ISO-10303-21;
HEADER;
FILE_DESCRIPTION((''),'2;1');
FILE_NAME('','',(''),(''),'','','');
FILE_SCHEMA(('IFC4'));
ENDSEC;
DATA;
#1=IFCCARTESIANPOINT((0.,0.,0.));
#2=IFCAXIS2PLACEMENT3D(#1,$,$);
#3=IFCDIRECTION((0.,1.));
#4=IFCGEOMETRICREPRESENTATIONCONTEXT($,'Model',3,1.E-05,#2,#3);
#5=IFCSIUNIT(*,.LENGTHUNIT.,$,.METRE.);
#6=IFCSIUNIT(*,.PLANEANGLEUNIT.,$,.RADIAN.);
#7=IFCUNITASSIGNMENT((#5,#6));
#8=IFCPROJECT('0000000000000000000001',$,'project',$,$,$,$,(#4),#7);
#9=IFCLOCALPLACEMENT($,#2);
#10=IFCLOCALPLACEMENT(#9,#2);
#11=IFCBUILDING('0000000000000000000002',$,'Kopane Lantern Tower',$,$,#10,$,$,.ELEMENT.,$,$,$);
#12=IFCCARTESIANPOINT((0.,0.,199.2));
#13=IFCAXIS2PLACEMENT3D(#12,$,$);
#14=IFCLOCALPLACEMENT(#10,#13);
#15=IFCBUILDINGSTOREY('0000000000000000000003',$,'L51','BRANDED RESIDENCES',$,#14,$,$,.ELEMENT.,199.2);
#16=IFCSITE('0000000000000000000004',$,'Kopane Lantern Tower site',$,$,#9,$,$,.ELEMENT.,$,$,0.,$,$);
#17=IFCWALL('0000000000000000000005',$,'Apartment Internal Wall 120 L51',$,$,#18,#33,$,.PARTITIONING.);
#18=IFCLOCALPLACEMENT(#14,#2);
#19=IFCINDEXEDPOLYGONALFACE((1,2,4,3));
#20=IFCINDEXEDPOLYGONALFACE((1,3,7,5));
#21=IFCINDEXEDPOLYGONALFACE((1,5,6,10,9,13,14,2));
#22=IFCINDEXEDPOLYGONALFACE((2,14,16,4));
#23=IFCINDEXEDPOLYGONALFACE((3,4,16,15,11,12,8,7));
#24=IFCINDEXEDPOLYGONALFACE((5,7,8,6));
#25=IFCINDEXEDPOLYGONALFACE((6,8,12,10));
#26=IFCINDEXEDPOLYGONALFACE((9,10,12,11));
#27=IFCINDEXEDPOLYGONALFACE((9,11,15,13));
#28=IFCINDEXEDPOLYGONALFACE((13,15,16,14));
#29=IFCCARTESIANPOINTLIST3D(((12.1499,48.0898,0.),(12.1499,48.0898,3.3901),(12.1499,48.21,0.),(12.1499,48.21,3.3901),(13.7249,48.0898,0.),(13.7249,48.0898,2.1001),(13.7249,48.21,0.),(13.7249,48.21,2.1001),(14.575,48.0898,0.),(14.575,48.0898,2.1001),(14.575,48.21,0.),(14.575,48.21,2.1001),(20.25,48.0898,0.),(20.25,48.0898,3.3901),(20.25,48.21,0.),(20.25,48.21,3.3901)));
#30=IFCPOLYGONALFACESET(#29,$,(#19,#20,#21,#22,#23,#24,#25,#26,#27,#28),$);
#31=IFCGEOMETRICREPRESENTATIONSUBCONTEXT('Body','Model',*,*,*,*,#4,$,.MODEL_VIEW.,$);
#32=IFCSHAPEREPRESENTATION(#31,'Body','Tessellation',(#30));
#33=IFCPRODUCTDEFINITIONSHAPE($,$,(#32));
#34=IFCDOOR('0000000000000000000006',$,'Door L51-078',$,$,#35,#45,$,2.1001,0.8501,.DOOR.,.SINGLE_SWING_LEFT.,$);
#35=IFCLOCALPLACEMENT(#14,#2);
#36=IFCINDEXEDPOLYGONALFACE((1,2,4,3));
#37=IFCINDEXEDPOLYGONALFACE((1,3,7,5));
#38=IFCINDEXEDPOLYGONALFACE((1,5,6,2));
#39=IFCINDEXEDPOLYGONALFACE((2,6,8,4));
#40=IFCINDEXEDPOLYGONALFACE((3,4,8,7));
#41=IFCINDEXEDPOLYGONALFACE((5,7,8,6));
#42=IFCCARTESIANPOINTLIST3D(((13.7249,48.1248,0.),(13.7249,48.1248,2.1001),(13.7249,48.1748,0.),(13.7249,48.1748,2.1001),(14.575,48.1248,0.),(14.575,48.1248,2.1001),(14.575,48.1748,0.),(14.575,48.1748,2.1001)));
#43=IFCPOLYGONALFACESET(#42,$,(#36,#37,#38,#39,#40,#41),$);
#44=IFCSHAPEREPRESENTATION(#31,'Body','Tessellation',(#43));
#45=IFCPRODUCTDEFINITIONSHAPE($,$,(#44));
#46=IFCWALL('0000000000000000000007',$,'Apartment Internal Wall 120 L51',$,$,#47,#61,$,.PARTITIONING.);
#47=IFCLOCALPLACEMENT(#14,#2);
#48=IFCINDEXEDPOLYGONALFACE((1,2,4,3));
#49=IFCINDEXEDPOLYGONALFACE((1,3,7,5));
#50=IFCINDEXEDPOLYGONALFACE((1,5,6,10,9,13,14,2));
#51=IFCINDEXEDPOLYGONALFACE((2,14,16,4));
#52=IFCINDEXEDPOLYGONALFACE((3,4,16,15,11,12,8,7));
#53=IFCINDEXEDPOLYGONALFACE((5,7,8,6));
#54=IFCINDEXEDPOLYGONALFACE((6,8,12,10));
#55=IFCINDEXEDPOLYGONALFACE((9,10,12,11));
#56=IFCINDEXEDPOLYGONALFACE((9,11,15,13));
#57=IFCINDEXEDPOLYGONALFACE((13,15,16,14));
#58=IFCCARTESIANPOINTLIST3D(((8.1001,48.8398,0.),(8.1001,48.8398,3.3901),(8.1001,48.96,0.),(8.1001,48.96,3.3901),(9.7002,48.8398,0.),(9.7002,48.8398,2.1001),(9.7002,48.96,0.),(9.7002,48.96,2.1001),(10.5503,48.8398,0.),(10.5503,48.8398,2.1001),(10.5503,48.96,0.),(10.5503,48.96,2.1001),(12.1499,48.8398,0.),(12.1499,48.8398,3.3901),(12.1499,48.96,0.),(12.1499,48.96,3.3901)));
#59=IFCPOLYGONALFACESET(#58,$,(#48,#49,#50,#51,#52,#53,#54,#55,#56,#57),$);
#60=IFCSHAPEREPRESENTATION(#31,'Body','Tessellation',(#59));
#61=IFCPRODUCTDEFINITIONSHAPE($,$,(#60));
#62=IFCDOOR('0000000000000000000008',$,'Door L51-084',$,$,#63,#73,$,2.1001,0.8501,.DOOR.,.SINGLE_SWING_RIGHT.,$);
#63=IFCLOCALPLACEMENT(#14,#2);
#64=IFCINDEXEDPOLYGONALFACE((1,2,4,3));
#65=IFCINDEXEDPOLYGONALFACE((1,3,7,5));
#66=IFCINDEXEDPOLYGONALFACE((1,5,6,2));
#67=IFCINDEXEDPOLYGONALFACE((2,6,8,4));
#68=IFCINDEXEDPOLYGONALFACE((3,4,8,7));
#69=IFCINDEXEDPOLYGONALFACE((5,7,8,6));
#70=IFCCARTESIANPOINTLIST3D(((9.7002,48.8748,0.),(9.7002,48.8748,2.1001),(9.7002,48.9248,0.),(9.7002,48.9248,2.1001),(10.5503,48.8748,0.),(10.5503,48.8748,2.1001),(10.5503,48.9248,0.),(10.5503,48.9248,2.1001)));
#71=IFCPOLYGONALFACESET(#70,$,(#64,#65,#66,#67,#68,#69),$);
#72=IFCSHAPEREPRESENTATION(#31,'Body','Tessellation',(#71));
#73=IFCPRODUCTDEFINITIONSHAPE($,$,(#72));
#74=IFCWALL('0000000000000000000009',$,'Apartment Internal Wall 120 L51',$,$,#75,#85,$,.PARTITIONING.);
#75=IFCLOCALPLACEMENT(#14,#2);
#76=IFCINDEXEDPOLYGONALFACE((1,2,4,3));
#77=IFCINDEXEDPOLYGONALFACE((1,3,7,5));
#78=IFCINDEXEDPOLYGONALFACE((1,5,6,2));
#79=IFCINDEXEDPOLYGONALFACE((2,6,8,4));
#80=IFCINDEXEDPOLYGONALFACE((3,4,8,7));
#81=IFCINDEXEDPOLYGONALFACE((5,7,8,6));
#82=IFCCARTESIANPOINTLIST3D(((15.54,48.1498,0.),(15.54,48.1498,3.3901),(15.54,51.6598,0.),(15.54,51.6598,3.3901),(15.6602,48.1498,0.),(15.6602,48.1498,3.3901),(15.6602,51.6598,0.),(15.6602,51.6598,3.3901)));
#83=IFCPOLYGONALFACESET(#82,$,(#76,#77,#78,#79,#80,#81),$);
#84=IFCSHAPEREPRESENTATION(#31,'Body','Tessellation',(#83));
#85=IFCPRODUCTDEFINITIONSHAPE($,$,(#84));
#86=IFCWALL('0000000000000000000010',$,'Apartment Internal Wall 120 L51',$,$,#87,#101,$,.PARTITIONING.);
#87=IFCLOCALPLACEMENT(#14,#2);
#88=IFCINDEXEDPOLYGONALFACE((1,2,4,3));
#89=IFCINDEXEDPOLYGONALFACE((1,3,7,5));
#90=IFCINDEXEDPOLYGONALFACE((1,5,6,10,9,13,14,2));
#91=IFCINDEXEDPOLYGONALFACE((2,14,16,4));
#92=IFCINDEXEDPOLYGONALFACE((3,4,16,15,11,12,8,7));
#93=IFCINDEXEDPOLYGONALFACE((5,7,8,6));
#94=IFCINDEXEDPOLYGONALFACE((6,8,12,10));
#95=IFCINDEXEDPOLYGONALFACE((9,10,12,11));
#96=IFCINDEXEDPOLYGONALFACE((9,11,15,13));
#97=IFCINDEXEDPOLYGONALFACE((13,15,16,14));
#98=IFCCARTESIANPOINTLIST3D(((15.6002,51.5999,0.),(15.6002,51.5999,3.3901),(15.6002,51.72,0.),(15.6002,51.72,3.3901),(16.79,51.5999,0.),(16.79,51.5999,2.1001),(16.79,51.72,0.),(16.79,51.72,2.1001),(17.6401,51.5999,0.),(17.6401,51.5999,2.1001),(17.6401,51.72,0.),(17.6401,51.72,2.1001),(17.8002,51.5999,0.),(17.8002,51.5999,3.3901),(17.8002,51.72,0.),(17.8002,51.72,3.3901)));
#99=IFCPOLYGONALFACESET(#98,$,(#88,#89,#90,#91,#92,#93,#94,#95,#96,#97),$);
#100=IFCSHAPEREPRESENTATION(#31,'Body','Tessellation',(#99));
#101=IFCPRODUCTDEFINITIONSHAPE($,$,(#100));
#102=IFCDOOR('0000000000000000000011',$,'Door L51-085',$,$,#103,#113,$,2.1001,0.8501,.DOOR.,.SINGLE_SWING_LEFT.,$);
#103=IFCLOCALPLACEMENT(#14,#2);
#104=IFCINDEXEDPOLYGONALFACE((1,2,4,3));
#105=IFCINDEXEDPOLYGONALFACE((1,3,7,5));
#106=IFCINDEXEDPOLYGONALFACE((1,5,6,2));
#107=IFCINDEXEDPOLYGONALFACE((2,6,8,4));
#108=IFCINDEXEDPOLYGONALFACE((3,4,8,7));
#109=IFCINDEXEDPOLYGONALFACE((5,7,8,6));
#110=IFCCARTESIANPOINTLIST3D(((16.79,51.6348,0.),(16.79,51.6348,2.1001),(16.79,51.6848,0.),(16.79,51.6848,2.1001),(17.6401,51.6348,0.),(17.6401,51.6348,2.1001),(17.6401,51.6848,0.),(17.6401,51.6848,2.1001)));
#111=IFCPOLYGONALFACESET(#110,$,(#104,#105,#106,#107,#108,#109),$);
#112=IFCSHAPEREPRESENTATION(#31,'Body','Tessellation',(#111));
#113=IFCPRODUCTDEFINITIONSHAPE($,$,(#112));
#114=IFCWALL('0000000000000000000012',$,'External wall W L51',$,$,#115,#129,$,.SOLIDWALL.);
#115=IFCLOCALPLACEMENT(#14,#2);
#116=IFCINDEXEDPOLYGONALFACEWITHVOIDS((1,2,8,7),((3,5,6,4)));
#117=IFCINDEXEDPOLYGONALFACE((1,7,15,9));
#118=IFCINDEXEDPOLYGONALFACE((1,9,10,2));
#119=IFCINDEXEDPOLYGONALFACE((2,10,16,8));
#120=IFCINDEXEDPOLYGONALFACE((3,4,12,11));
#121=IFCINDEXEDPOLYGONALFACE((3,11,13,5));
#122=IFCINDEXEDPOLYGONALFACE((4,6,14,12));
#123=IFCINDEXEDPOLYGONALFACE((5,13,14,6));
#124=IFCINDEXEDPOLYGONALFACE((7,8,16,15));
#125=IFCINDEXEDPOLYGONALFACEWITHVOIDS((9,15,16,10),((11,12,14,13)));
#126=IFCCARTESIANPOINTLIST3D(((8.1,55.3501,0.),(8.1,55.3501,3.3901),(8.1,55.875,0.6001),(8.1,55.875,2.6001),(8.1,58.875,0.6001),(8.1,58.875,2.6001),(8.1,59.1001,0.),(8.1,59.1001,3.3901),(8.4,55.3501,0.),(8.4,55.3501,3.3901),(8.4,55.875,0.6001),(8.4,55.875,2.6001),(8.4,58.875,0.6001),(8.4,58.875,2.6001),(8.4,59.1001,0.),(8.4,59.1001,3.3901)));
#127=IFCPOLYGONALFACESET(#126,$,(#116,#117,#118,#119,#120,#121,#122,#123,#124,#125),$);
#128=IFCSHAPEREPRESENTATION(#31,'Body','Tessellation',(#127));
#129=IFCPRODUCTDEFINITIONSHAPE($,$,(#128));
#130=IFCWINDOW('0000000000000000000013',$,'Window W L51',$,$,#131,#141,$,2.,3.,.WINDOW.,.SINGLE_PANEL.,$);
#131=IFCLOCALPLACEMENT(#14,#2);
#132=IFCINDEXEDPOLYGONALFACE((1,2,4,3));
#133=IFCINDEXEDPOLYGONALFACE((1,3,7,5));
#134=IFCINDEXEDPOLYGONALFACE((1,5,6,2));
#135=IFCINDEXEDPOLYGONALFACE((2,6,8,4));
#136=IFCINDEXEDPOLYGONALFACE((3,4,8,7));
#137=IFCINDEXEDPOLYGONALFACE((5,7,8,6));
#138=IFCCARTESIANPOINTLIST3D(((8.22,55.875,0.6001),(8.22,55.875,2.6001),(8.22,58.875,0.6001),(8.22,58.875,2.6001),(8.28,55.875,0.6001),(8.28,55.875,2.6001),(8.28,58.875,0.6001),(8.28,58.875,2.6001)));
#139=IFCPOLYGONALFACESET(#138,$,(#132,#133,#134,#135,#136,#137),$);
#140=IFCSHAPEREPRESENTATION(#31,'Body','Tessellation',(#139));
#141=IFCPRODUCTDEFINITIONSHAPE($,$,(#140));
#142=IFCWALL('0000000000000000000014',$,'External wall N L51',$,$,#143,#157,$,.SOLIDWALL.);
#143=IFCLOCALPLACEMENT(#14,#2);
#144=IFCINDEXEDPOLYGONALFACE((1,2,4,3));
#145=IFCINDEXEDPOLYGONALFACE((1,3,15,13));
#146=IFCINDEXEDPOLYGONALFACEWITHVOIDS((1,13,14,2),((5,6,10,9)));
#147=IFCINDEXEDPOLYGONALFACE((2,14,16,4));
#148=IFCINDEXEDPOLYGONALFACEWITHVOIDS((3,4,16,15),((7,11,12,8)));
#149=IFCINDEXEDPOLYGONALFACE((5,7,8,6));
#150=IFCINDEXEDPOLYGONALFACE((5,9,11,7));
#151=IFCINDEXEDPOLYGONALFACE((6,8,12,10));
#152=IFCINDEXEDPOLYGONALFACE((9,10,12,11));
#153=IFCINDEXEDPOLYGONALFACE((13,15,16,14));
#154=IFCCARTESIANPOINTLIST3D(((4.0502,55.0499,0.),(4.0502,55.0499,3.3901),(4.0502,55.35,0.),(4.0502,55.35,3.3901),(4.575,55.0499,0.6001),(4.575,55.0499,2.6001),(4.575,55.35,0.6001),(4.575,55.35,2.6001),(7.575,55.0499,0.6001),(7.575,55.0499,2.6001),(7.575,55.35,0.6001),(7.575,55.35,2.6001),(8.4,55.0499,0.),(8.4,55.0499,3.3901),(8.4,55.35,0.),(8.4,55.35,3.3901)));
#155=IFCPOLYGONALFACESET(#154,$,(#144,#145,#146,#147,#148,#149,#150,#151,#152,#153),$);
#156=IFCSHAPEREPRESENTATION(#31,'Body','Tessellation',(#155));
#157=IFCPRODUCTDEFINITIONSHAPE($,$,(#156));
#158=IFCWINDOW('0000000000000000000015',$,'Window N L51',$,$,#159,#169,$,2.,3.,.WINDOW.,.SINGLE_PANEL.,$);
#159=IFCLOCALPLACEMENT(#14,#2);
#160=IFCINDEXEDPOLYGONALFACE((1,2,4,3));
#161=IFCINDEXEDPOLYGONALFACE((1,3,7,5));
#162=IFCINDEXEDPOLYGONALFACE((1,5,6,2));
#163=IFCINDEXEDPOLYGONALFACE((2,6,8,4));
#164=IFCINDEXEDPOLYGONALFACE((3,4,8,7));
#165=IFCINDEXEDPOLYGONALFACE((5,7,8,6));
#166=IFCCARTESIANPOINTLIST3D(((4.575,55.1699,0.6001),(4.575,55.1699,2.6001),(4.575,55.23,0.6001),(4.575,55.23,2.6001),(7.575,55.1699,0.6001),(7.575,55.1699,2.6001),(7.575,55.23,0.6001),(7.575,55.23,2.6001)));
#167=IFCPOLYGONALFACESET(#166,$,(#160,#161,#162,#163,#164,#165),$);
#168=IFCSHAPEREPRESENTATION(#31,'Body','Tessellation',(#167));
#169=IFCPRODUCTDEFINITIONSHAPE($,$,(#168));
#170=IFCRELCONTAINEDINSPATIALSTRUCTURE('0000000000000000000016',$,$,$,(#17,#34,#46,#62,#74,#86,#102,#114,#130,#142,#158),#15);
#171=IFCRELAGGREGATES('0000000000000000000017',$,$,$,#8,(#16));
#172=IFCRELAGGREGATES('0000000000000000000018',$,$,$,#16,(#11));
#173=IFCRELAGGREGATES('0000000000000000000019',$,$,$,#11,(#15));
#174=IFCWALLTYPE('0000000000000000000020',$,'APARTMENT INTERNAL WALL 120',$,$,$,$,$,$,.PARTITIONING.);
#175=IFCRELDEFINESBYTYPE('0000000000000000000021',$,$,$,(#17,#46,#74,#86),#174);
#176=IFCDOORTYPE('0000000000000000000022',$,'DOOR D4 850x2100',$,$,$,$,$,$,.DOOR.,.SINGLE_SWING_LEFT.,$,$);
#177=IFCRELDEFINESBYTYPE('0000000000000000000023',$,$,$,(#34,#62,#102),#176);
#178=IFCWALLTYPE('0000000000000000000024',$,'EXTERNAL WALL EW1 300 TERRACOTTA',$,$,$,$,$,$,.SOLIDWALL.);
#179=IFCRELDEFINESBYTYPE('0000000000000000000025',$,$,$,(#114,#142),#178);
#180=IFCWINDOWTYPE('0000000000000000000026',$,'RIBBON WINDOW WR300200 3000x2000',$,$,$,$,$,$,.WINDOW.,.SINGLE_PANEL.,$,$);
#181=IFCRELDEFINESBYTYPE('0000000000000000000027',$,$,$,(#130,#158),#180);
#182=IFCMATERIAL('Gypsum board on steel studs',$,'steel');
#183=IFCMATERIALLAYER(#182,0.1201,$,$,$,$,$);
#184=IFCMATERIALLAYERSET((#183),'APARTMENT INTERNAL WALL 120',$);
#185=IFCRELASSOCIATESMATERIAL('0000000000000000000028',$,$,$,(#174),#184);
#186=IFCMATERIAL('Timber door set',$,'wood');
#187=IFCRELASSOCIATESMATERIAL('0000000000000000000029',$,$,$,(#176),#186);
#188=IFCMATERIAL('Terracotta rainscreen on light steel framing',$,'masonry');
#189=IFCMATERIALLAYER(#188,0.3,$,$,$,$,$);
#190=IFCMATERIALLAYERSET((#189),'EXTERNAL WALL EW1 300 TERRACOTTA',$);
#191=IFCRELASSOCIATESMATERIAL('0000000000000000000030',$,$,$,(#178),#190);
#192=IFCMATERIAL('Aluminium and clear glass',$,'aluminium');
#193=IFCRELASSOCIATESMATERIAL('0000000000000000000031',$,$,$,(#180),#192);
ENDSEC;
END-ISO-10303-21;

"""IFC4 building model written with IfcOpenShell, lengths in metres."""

from ifc_helpers import new_model, si_unit, direction, frame, frame_2d, origin, place, context, subcontext, project, spatial, rectangle, extrude, material, layer, layer_set, type_object, element, fill, save


model = new_model("IFC4")

# Units and contexts
model_context = context("Model", 3, precision=1e-05, world=origin(), true_north=direction((0.0, 1.0)))
body_context = subcontext(model_context, "Body", "Model", "MODEL_VIEW")
ifc_project = project(units=[si_unit("LENGTHUNIT", "METRE"), si_unit("PLANEANGLEUNIT", "RADIAN")], contexts=[model_context])

# Site, building, storey
site_placement = place(None, origin())
site = spatial("IfcSite", under=ifc_project, at=site_placement, Name="Kopane Lantern Tower site", CompositionType="ELEMENT", RefElevation=0.0)
building_placement = place(site_placement, origin())
building = spatial("IfcBuilding", under=site, at=building_placement, Name="Kopane Lantern Tower", CompositionType="ELEMENT")
storey_placement = place(building_placement, frame((0.0, 0.0, 199.2)))
storey = spatial("IfcBuildingStorey", under=building, at=storey_placement, Name="L51", Description="BRANDED RESIDENCES", CompositionType="ELEMENT", Elevation=199.2)

# Walls, openings, doors
ifc_material_1 = material(Name="Gypsum board on steel studs", Category="steel")
ifc_layer_1 = layer(ifc_material_1, 0.1201)
ifc_layer_set_1 = layer_set([ifc_layer_1], Name="APARTMENT INTERNAL WALL 120")
wall_type_1 = type_object("IfcWallType", Name="APARTMENT INTERNAL WALL 120", PredefinedType="PARTITIONING", material=ifc_layer_set_1)
wall_1_placement = place(storey_placement, frame((12.1499, 48.1499, 0.0), z_axis=(0.0, 0.0, 1.0), x_axis=(1.0, 0.0, 0.0)))
wall_1 = element("IfcWall", 1, at=wall_1_placement, inside=storey, type_object=wall_type_1, Name="Apartment Internal Wall 120 L51", PredefinedType="PARTITIONING", context=body_context, shape_type="SweptSolid", body=[
    extrude(rectangle(XDim=8.1001, YDim=0.1201, at=frame_2d((4.05, 0.0))), origin(), (0.0, 0.0, 1.0), 3.3901),
])
opening_1_placement = place(wall_1_placement, frame((1.575, 0.0, 0.0)))
opening_1 = element("IfcOpeningElement", 2, at=opening_1_placement, cuts=wall_1, PredefinedType="OPENING", context=body_context, shape_type="SweptSolid", body=[
    extrude(rectangle(XDim=0.8501, YDim=2.1001, at=frame_2d((0.425, 1.05))), frame((0.0, 0.0701, 0.0), z_axis=(0.0, -1.0, 0.0), x_axis=(1.0, 0.0, 0.0)), (0.0, 0.0, 1.0), 0.1401),
])
ifc_material_2 = material(Name="Timber door set", Category="wood")
door_type = type_object("IfcDoorType", Name="DOOR D4 850x2100", OperationType="SINGLE_SWING_LEFT", PredefinedType="DOOR", material=ifc_material_2)
door_1_placement = place(opening_1_placement, origin())
door_1 = element("IfcDoor", 3, at=door_1_placement, inside=storey, type_object=door_type, Name="Door L51-078", OperationType="SINGLE_SWING_LEFT", OverallHeight=2.1001, OverallWidth=0.8501, PredefinedType="DOOR", context=body_context, shape_type="SweptSolid", body=[
    extrude(rectangle(XDim=0.8501, YDim=2.1001, at=frame_2d((0.425, 1.05))), frame((0.0, 0.0249, 0.0), z_axis=(0.0, -1.0, 0.0), x_axis=(1.0, 0.0, 0.0)), (0.0, 0.0, 1.0), 0.05),
])
fill(opening_1, door_1)
wall_2_placement = place(storey_placement, frame((8.1001, 48.8999, 0.0), z_axis=(0.0, 0.0, 1.0), x_axis=(1.0, 0.0, 0.0)))
wall_2 = element("IfcWall", 4, at=wall_2_placement, inside=storey, type_object=wall_type_1, Name="Apartment Internal Wall 120 L51", PredefinedType="PARTITIONING", context=body_context, shape_type="SweptSolid", body=[
    extrude(rectangle(XDim=4.0498, YDim=0.1201, at=frame_2d((2.0249, 0.0))), origin(), (0.0, 0.0, 1.0), 3.3901),
])
opening_2_placement = place(wall_2_placement, frame((1.6001, 0.0, 0.0)))
opening_2 = element("IfcOpeningElement", 5, at=opening_2_placement, cuts=wall_2, PredefinedType="OPENING", context=body_context, shape_type="SweptSolid", body=[
    extrude(rectangle(XDim=0.8501, YDim=2.1001, at=frame_2d((0.425, 1.05))), frame((0.0, 0.0701, 0.0), z_axis=(0.0, -1.0, 0.0), x_axis=(1.0, 0.0, 0.0)), (0.0, 0.0, 1.0), 0.1401),
])
door_2_placement = place(opening_2_placement, origin())
door_2 = element("IfcDoor", 6, at=door_2_placement, inside=storey, type_object=door_type, Name="Door L51-084", OperationType="SINGLE_SWING_RIGHT", OverallHeight=2.1001, OverallWidth=0.8501, PredefinedType="DOOR", context=body_context, shape_type="SweptSolid", body=[
    extrude(rectangle(XDim=0.8501, YDim=2.1001, at=frame_2d((0.425, 1.05))), frame((0.0, 0.0249, 0.0), z_axis=(0.0, -1.0, 0.0), x_axis=(1.0, 0.0, 0.0)), (0.0, 0.0, 1.0), 0.05),
])
fill(opening_2, door_2)

# Wall
wall_3_placement = place(storey_placement, frame((15.6001, 48.1499, 0.0), z_axis=(0.0, 0.0, 1.0), x_axis=(0.0, 1.0, 0.0)))
element("IfcWall", 7, at=wall_3_placement, inside=storey, type_object=wall_type_1, Name="Apartment Internal Wall 120 L51", PredefinedType="PARTITIONING", context=body_context, shape_type="SweptSolid", body=[
    extrude(rectangle(XDim=3.51, YDim=0.1201, at=frame_2d((1.7549, 0.0))), origin(), (0.0, 0.0, 1.0), 3.3901),
])

# Wall, opening, door
wall_4_placement = place(storey_placement, frame((15.6001, 51.6599, 0.0), z_axis=(0.0, 0.0, 1.0), x_axis=(1.0, 0.0, 0.0)))
wall_4 = element("IfcWall", 8, at=wall_4_placement, inside=storey, type_object=wall_type_1, Name="Apartment Internal Wall 120 L51", PredefinedType="PARTITIONING", context=body_context, shape_type="SweptSolid", body=[
    extrude(rectangle(XDim=2.2, YDim=0.1201, at=frame_2d((1.1001, 0.0))), origin(), (0.0, 0.0, 1.0), 3.3901),
])
opening_3_placement = place(wall_4_placement, frame((1.1899, 0.0, 0.0)))
opening_3 = element("IfcOpeningElement", 9, at=opening_3_placement, cuts=wall_4, PredefinedType="OPENING", context=body_context, shape_type="SweptSolid", body=[
    extrude(rectangle(XDim=0.8501, YDim=2.1001, at=frame_2d((0.425, 1.05))), frame((0.0, 0.0701, 0.0), z_axis=(0.0, -1.0, 0.0), x_axis=(1.0, 0.0, 0.0)), (0.0, 0.0, 1.0), 0.1401),
])
door_3_placement = place(opening_3_placement, origin())
door_3 = element("IfcDoor", 10, at=door_3_placement, inside=storey, type_object=door_type, Name="Door L51-085", OperationType="SINGLE_SWING_LEFT", OverallHeight=2.1001, OverallWidth=0.8501, PredefinedType="DOOR", context=body_context, shape_type="SweptSolid", body=[
    extrude(rectangle(XDim=0.8501, YDim=2.1001, at=frame_2d((0.425, 1.05))), frame((0.0, 0.0249, 0.0), z_axis=(0.0, -1.0, 0.0), x_axis=(1.0, 0.0, 0.0)), (0.0, 0.0, 1.0), 0.05),
])
fill(opening_3, door_3)

# Walls, openings, windows
ifc_material_3 = material(Name="Terracotta rainscreen on light steel framing", Category="masonry")
ifc_layer_2 = layer(ifc_material_3, 0.3)
ifc_layer_set_2 = layer_set([ifc_layer_2], Name="EXTERNAL WALL EW1 300 TERRACOTTA")
wall_type_2 = type_object("IfcWallType", Name="EXTERNAL WALL EW1 300 TERRACOTTA", PredefinedType="SOLIDWALL", material=ifc_layer_set_2)
wall_5_placement = place(storey_placement, frame((8.25, 59.1001, 0.0), z_axis=(0.0, 0.0, 1.0), x_axis=(0.0, -1.0, 0.0)))
wall_5 = element("IfcWall", 11, at=wall_5_placement, inside=storey, type_object=wall_type_2, Name="External wall W L51", PredefinedType="SOLIDWALL", context=body_context, shape_type="SweptSolid", body=[
    extrude(rectangle(XDim=3.75, YDim=0.3, at=frame_2d((1.875, 0.0))), origin(), (0.0, 0.0, 1.0), 3.3901),
])
opening_4_placement = place(wall_5_placement, frame((0.2251, 0.0, 0.6001)))
opening_4 = element("IfcOpeningElement", 12, at=opening_4_placement, cuts=wall_5, PredefinedType="OPENING", context=body_context, shape_type="SweptSolid", body=[
    extrude(rectangle(XDim=3.0, YDim=2.0, at=frame_2d((1.5, 1.0))), frame((0.0, 0.1599, 0.0), z_axis=(0.0, -1.0, 0.0), x_axis=(1.0, 0.0, 0.0)), (0.0, 0.0, 1.0), 0.3201),
])
ifc_material_4 = material(Name="Aluminium and clear glass", Category="aluminium")
window_type = type_object("IfcWindowType", Name="RIBBON WINDOW WR300200 3000x2000", PartitioningType="SINGLE_PANEL", PredefinedType="WINDOW", material=ifc_material_4)
window_1_placement = place(opening_4_placement, origin())
window_1 = element("IfcWindow", 13, at=window_1_placement, inside=storey, type_object=window_type, Name="Window W L51", OverallHeight=2.0, OverallWidth=3.0, PartitioningType="SINGLE_PANEL", PredefinedType="WINDOW", context=body_context, shape_type="SweptSolid", body=[
    extrude(rectangle(XDim=3.0, YDim=2.0, at=frame_2d((1.5, 1.0))), frame((0.0, 0.03, 0.0), z_axis=(0.0, -1.0, 0.0), x_axis=(1.0, 0.0, 0.0)), (0.0, 0.0, 1.0), 0.0601),
])
fill(opening_4, window_1)
wall_6_placement = place(storey_placement, frame((8.3999, 55.2, 0.0), z_axis=(0.0, 0.0, 1.0), x_axis=(-1.0, 0.0, 0.0)))
wall_6 = element("IfcWall", 14, at=wall_6_placement, inside=storey, type_object=wall_type_2, Name="External wall N L51", PredefinedType="SOLIDWALL", context=body_context, shape_type="SweptSolid", body=[
    extrude(rectangle(XDim=4.3499, YDim=0.3, at=frame_2d((2.1748, 0.0))), origin(), (0.0, 0.0, 1.0), 3.3901),
])
opening_5_placement = place(wall_6_placement, frame((0.825, 0.0, 0.6001)))
opening_5 = element("IfcOpeningElement", 15, at=opening_5_placement, cuts=wall_6, PredefinedType="OPENING", context=body_context, shape_type="SweptSolid", body=[
    extrude(rectangle(XDim=3.0, YDim=2.0, at=frame_2d((1.5, 1.0))), frame((0.0, 0.1599, 0.0), z_axis=(0.0, -1.0, 0.0), x_axis=(1.0, 0.0, 0.0)), (0.0, 0.0, 1.0), 0.3201),
])
window_2_placement = place(opening_5_placement, origin())
window_2 = element("IfcWindow", 16, at=window_2_placement, inside=storey, type_object=window_type, Name="Window N L51", OverallHeight=2.0, OverallWidth=3.0, PartitioningType="SINGLE_PANEL", PredefinedType="WINDOW", context=body_context, shape_type="SweptSolid", body=[
    extrude(rectangle(XDim=3.0, YDim=2.0, at=frame_2d((1.5, 1.0))), frame((0.0, 0.03, 0.0), z_axis=(0.0, -1.0, 0.0), x_axis=(1.0, 0.0, 0.0)), (0.0, 0.0, 1.0), 0.0601),
])
fill(opening_5, window_2)

save(model, "model.ifc")
